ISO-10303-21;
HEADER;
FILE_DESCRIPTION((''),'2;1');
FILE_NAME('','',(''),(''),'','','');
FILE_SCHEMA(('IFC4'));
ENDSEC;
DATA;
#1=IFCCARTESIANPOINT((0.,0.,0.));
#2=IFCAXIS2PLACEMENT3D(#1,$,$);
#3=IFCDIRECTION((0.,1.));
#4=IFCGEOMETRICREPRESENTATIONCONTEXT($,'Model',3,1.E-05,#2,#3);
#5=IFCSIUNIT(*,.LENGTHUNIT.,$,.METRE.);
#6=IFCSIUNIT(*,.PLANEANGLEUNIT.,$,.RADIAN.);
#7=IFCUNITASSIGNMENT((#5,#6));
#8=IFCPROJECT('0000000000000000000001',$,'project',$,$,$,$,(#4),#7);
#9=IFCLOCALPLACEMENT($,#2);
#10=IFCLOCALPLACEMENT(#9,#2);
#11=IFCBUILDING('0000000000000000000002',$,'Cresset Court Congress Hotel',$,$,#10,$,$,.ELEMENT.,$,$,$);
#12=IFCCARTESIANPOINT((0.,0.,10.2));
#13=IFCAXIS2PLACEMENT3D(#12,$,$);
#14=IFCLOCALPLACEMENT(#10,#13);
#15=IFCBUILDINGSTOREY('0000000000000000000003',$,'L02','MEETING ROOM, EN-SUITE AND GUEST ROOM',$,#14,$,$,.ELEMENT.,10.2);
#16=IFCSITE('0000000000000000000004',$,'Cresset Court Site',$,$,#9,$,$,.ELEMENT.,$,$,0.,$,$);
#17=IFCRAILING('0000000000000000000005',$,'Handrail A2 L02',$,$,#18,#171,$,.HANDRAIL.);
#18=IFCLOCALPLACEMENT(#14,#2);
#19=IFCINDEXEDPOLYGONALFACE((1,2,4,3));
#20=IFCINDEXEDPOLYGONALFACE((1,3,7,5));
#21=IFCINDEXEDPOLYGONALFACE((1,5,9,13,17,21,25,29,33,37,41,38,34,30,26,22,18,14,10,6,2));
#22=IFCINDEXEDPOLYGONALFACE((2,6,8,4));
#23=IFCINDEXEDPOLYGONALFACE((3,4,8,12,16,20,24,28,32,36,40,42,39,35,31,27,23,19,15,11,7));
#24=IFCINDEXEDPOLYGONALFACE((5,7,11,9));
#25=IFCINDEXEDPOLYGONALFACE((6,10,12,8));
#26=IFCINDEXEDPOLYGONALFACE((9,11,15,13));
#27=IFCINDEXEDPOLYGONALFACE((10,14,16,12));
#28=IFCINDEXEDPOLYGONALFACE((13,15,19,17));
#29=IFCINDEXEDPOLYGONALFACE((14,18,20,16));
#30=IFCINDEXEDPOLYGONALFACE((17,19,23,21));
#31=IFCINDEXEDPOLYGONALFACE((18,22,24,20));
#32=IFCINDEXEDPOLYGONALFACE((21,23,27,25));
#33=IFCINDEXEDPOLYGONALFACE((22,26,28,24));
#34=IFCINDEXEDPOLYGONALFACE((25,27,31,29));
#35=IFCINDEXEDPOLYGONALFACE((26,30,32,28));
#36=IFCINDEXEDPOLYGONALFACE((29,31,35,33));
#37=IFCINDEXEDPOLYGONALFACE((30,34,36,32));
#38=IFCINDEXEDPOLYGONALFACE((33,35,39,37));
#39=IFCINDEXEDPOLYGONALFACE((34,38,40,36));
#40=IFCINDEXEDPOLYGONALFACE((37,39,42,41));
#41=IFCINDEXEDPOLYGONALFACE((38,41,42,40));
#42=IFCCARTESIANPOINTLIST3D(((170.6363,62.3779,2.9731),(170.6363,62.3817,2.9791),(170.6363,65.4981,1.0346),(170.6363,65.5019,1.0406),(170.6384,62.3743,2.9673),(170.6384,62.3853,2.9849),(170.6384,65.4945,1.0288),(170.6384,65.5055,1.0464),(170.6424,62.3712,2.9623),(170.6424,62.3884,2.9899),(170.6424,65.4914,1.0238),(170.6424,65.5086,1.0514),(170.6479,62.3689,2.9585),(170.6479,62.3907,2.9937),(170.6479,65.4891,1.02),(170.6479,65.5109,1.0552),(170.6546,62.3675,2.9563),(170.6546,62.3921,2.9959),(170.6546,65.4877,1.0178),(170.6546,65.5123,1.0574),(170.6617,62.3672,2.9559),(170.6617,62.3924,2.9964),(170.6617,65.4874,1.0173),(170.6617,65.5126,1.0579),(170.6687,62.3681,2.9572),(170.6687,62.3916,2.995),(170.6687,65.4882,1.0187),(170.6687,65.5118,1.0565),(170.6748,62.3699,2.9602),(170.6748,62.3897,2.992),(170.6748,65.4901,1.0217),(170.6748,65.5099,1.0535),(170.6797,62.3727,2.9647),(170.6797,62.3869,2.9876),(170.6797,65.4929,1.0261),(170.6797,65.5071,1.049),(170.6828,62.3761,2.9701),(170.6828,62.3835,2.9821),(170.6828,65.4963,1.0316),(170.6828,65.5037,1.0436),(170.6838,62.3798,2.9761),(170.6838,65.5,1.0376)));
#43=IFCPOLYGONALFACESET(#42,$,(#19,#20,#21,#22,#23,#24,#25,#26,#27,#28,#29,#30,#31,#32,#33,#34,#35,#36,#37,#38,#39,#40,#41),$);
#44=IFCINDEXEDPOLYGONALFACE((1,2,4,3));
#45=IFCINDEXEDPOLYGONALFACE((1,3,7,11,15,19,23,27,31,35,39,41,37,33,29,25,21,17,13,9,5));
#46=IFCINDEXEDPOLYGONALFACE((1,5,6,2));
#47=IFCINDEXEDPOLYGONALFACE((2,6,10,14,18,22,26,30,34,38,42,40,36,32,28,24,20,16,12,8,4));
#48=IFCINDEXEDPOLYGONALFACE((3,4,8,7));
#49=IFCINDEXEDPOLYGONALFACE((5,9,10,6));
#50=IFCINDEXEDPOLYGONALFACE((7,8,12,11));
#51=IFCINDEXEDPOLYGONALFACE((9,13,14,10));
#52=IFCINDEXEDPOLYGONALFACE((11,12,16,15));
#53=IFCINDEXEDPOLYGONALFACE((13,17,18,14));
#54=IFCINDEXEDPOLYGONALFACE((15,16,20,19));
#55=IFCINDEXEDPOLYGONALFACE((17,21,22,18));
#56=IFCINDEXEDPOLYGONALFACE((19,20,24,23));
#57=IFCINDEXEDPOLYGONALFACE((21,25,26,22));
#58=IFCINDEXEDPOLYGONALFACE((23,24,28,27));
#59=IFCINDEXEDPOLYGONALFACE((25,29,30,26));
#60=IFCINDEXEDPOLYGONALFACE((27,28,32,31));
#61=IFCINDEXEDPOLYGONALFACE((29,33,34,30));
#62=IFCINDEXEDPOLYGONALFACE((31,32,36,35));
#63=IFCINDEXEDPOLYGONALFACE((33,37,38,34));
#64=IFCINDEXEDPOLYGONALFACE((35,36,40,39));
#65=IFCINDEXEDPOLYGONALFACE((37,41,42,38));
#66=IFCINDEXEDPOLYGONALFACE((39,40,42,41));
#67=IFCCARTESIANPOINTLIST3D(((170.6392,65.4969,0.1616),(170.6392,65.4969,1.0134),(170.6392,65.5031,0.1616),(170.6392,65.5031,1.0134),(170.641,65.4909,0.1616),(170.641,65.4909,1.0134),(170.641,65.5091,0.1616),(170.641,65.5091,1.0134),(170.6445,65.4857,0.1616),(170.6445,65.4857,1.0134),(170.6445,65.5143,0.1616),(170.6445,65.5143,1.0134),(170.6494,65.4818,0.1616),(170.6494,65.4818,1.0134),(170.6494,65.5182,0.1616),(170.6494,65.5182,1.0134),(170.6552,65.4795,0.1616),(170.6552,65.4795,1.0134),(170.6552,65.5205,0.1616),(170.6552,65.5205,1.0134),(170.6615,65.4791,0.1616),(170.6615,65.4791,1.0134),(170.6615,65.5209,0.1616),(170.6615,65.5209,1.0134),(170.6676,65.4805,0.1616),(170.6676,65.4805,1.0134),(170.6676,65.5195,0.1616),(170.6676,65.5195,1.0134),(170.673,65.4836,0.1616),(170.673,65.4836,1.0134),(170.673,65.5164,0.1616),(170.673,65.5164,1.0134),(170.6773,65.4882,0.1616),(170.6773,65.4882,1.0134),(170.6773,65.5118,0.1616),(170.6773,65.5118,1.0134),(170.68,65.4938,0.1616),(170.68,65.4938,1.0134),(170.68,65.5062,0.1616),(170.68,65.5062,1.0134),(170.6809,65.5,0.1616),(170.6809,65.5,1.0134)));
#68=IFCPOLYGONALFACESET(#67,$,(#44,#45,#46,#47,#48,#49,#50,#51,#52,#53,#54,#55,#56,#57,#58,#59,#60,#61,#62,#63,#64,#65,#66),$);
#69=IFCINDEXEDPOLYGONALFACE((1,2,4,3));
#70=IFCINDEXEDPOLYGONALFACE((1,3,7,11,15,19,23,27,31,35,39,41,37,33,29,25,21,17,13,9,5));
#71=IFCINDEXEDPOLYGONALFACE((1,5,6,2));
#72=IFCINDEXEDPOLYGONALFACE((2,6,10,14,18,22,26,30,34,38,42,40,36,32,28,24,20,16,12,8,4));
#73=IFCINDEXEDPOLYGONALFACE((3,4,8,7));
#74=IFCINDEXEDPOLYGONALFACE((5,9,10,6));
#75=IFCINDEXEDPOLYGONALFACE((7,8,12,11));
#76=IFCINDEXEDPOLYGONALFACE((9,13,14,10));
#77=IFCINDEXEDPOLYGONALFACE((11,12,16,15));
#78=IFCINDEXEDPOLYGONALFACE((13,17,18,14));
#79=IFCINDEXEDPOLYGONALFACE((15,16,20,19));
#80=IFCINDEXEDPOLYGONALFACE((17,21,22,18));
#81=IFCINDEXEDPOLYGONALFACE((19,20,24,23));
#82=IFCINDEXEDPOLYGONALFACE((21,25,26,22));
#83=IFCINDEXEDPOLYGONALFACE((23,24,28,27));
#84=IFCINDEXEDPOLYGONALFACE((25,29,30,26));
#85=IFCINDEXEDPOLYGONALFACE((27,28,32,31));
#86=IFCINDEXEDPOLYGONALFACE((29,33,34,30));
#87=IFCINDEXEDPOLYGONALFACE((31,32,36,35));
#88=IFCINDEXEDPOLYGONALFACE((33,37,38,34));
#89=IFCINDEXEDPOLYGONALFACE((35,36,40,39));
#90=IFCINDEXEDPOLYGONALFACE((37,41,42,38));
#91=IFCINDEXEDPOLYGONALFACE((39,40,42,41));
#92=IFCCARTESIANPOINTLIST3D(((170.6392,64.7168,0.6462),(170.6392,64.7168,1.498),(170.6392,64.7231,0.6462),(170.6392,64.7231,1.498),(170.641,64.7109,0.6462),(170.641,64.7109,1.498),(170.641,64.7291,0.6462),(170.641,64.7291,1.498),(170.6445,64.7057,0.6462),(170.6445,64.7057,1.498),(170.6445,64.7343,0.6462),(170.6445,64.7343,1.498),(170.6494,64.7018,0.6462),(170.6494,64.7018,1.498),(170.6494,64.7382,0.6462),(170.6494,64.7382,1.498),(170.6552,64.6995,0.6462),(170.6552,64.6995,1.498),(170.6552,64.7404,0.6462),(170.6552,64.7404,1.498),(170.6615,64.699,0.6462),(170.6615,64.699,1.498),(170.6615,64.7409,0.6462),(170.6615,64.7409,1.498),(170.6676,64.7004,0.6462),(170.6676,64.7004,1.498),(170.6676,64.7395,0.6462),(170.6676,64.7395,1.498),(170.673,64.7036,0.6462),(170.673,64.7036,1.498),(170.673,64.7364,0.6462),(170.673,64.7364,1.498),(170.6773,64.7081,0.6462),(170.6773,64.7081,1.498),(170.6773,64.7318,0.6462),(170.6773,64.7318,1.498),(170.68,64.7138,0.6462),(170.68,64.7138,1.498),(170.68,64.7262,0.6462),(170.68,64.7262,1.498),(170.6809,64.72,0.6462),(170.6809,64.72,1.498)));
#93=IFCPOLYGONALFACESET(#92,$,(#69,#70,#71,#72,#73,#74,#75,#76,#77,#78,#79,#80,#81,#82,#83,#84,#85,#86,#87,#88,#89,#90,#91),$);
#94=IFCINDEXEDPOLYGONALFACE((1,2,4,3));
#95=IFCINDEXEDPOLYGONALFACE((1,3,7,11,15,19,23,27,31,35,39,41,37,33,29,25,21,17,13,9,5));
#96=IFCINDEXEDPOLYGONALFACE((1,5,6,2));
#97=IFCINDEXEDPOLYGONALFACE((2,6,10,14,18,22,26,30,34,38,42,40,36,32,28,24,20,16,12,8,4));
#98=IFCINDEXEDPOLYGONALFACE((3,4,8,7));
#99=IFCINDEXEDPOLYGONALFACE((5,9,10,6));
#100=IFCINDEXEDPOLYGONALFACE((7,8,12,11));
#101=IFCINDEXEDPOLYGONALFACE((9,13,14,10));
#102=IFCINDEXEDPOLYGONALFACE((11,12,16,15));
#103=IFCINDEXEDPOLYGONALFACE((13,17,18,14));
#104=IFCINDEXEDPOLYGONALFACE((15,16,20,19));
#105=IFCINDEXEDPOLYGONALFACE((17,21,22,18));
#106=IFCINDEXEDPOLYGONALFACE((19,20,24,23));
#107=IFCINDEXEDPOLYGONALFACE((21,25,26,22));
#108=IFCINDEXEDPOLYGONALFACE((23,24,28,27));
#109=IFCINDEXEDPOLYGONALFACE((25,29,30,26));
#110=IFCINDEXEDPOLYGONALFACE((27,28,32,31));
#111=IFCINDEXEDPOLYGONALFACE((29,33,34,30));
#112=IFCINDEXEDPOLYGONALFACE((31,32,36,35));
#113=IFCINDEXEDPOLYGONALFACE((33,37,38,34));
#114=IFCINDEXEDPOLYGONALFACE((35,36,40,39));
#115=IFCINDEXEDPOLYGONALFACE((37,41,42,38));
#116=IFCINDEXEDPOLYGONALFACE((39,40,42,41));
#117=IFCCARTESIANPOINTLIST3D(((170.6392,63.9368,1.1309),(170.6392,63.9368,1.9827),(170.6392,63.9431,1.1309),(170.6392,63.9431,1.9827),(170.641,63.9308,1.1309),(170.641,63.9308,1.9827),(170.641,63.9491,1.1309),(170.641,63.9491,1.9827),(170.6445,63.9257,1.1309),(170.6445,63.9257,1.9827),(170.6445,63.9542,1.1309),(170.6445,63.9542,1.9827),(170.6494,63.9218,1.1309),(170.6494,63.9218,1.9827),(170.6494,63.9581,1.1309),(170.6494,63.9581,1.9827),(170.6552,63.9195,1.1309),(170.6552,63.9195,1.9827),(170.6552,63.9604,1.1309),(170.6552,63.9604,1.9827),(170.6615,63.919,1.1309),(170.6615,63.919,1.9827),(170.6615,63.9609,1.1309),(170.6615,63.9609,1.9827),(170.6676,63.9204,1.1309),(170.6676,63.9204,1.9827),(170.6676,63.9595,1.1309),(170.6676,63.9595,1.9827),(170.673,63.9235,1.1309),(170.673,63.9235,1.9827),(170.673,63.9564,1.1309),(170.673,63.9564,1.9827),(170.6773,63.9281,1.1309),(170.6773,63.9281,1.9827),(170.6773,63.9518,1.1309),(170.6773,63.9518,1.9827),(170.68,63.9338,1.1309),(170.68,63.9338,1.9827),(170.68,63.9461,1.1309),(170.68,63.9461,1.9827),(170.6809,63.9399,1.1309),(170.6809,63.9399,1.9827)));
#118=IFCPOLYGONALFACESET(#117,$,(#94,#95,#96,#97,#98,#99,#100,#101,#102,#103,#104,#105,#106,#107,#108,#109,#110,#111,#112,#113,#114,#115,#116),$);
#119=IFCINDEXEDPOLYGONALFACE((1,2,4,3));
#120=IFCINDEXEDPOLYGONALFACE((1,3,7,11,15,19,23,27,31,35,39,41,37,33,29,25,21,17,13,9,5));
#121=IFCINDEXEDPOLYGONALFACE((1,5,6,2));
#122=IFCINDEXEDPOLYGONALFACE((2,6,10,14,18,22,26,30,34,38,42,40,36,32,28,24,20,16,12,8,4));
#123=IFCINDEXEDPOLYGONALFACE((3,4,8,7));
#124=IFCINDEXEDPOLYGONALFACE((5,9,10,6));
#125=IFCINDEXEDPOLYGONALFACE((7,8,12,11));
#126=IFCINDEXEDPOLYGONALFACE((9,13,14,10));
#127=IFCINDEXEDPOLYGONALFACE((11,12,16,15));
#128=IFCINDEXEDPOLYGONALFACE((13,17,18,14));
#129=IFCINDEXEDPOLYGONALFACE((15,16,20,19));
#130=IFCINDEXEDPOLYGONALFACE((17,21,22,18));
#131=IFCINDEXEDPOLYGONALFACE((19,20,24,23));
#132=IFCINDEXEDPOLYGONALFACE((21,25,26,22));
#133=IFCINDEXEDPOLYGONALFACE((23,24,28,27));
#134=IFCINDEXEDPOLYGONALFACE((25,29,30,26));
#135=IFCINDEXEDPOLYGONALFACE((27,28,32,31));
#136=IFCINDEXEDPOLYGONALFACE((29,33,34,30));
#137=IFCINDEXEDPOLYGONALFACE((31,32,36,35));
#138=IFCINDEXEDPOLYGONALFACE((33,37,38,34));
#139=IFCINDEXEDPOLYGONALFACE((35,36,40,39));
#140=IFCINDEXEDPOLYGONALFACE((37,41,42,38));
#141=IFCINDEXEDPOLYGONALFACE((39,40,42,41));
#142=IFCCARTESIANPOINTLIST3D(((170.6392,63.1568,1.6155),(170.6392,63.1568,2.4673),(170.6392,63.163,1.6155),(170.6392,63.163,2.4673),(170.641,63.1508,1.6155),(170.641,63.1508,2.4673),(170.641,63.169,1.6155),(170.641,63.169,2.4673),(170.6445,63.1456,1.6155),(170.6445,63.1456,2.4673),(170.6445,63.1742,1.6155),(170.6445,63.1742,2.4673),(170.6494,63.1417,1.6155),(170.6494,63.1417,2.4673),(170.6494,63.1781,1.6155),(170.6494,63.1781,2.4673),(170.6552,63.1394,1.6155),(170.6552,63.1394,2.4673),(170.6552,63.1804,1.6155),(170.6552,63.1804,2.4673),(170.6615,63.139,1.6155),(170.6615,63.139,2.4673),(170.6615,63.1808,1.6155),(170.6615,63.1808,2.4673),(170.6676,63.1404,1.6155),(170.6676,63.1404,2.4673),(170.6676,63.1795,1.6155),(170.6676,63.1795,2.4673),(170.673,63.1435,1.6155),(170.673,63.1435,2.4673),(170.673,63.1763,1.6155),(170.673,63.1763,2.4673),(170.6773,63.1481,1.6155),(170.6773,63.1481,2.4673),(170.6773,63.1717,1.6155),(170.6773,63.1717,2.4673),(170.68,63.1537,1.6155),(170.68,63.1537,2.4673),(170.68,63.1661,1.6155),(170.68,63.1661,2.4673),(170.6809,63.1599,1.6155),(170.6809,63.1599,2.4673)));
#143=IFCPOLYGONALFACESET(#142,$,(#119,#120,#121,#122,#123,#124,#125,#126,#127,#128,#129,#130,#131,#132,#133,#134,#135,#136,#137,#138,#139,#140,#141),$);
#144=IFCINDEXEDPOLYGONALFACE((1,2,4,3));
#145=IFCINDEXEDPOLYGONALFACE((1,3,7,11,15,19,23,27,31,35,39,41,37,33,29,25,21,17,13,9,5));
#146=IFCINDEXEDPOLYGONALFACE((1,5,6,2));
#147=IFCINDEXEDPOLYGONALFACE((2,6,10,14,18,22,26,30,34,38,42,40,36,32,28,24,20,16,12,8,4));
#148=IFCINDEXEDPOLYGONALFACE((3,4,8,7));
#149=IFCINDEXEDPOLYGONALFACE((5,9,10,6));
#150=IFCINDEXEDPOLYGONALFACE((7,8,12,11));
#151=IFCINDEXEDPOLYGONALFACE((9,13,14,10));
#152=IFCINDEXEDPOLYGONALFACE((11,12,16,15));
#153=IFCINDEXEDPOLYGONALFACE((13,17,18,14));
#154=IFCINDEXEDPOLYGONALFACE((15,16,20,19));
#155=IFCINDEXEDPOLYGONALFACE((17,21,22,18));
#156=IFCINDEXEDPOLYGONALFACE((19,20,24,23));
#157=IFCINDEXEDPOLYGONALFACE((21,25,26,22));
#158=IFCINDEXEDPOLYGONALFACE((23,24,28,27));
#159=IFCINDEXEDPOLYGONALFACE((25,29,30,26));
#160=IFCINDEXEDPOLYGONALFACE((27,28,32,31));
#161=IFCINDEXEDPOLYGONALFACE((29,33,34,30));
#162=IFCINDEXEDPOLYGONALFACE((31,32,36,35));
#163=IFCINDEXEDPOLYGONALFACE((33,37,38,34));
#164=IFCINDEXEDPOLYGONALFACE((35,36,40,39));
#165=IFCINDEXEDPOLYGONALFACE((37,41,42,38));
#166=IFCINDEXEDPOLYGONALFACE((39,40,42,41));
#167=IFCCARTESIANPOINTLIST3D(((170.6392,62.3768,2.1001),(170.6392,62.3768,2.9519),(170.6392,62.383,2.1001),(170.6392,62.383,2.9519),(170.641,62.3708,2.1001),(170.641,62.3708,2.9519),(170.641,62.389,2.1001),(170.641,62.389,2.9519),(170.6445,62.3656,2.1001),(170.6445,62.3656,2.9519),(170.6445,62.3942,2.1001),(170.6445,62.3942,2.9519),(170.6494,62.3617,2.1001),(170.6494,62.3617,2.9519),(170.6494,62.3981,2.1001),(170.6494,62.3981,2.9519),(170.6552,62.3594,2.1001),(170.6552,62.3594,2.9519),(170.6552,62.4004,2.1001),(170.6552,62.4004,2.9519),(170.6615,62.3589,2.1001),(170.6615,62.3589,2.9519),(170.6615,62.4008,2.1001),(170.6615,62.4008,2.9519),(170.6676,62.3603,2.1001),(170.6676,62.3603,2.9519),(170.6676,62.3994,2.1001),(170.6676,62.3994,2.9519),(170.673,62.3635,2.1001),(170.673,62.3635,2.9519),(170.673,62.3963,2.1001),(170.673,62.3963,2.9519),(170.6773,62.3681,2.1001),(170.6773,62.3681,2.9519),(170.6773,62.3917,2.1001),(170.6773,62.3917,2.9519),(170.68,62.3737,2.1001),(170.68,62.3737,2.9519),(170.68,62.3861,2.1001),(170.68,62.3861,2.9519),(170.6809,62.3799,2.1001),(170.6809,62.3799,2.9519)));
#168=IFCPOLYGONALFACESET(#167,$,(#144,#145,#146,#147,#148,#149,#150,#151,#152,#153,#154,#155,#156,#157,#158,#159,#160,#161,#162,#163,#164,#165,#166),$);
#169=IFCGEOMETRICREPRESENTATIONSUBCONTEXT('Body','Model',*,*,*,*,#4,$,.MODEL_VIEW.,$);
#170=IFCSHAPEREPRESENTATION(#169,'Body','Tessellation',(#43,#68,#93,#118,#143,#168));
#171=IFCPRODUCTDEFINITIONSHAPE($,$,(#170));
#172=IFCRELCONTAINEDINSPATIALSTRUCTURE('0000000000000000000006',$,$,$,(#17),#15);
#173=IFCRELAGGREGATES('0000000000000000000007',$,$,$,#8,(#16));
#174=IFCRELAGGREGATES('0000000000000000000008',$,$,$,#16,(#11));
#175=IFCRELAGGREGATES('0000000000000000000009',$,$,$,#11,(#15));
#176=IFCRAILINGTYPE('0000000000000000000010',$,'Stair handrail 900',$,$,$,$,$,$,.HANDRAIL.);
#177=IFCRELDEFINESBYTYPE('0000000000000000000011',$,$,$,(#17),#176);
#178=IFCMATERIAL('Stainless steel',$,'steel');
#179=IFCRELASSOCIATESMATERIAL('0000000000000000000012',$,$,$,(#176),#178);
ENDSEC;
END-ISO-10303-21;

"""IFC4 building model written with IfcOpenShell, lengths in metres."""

from ifc_helpers import new_model, si_unit, direction, frame, origin, origin_2d, place, context, subcontext, project, spatial, circle, extrude, material, type_object, element, save


model = new_model("IFC4")

# Units and contexts
model_context = context("Model", 3, precision=1e-05, world=origin(), true_north=direction((0.0, 1.0)))
body_context = subcontext(model_context, "Body", "Model", "MODEL_VIEW")
ifc_project = project(units=[si_unit("LENGTHUNIT", "METRE"), si_unit("PLANEANGLEUNIT", "RADIAN")], contexts=[model_context])

# Site, building, storey
site_placement = place(None, origin())
site = spatial("IfcSite", under=ifc_project, at=site_placement, Name="Cresset Court Site", CompositionType="ELEMENT", RefElevation=0.0)
building_placement = place(site_placement, origin())
building = spatial("IfcBuilding", under=site, at=building_placement, Name="Cresset Court Congress Hotel", CompositionType="ELEMENT")
storey_placement = place(building_placement, frame((0.0, 0.0, 10.2)))
storey = spatial("IfcBuildingStorey", under=building, at=storey_placement, Name="L02", Description="MEETING ROOM, EN-SUITE AND GUEST ROOM", CompositionType="ELEMENT", Elevation=10.2)

# Railing
ifc_material_1 = material(Name="Stainless steel", Category="steel")
railing_type_1 = type_object("IfcRailingType", Name="Stair handrail 900", PredefinedType="HANDRAIL", material=ifc_material_1)
for number, where, name in (
    (1, (170.6599, 65.5, 0.1616), "Handrail A2 L02"),
):
    element("IfcRailing", number, at=place(storey_placement, frame(where)), inside=storey, type_object=railing_type_1, Name=name, PredefinedType="HANDRAIL", context=body_context, shape_type="SweptSolid", body=[
        extrude(circle(Radius=0.0239, at=origin_2d()), frame((0.0, 0.0, 0.876), z_axis=(0.0, -0.849414, 0.527727), x_axis=(1.0, 0.0, 0.0)), (0.0, 0.0, 1.0), 3.6733),
        extrude(circle(Radius=0.021, at=origin_2d()), origin(), (0.0, 0.0, 1.0), 0.8518),
        extrude(circle(Radius=0.021, at=origin_2d()), frame((0.0, -0.78, 0.4846)), (0.0, 0.0, 1.0), 0.8518),
        extrude(circle(Radius=0.021, at=origin_2d()), frame((0.0, -1.5601, 0.9692)), (0.0, 0.0, 1.0), 0.8518),
        extrude(circle(Radius=0.021, at=origin_2d()), frame((0.0, -2.3401, 1.4539)), (0.0, 0.0, 1.0), 0.8518),
        extrude(circle(Radius=0.021, at=origin_2d()), frame((0.0, -3.1201, 1.9385)), (0.0, 0.0, 1.0), 0.8518),
    ])

save(model, "model.ifc")
